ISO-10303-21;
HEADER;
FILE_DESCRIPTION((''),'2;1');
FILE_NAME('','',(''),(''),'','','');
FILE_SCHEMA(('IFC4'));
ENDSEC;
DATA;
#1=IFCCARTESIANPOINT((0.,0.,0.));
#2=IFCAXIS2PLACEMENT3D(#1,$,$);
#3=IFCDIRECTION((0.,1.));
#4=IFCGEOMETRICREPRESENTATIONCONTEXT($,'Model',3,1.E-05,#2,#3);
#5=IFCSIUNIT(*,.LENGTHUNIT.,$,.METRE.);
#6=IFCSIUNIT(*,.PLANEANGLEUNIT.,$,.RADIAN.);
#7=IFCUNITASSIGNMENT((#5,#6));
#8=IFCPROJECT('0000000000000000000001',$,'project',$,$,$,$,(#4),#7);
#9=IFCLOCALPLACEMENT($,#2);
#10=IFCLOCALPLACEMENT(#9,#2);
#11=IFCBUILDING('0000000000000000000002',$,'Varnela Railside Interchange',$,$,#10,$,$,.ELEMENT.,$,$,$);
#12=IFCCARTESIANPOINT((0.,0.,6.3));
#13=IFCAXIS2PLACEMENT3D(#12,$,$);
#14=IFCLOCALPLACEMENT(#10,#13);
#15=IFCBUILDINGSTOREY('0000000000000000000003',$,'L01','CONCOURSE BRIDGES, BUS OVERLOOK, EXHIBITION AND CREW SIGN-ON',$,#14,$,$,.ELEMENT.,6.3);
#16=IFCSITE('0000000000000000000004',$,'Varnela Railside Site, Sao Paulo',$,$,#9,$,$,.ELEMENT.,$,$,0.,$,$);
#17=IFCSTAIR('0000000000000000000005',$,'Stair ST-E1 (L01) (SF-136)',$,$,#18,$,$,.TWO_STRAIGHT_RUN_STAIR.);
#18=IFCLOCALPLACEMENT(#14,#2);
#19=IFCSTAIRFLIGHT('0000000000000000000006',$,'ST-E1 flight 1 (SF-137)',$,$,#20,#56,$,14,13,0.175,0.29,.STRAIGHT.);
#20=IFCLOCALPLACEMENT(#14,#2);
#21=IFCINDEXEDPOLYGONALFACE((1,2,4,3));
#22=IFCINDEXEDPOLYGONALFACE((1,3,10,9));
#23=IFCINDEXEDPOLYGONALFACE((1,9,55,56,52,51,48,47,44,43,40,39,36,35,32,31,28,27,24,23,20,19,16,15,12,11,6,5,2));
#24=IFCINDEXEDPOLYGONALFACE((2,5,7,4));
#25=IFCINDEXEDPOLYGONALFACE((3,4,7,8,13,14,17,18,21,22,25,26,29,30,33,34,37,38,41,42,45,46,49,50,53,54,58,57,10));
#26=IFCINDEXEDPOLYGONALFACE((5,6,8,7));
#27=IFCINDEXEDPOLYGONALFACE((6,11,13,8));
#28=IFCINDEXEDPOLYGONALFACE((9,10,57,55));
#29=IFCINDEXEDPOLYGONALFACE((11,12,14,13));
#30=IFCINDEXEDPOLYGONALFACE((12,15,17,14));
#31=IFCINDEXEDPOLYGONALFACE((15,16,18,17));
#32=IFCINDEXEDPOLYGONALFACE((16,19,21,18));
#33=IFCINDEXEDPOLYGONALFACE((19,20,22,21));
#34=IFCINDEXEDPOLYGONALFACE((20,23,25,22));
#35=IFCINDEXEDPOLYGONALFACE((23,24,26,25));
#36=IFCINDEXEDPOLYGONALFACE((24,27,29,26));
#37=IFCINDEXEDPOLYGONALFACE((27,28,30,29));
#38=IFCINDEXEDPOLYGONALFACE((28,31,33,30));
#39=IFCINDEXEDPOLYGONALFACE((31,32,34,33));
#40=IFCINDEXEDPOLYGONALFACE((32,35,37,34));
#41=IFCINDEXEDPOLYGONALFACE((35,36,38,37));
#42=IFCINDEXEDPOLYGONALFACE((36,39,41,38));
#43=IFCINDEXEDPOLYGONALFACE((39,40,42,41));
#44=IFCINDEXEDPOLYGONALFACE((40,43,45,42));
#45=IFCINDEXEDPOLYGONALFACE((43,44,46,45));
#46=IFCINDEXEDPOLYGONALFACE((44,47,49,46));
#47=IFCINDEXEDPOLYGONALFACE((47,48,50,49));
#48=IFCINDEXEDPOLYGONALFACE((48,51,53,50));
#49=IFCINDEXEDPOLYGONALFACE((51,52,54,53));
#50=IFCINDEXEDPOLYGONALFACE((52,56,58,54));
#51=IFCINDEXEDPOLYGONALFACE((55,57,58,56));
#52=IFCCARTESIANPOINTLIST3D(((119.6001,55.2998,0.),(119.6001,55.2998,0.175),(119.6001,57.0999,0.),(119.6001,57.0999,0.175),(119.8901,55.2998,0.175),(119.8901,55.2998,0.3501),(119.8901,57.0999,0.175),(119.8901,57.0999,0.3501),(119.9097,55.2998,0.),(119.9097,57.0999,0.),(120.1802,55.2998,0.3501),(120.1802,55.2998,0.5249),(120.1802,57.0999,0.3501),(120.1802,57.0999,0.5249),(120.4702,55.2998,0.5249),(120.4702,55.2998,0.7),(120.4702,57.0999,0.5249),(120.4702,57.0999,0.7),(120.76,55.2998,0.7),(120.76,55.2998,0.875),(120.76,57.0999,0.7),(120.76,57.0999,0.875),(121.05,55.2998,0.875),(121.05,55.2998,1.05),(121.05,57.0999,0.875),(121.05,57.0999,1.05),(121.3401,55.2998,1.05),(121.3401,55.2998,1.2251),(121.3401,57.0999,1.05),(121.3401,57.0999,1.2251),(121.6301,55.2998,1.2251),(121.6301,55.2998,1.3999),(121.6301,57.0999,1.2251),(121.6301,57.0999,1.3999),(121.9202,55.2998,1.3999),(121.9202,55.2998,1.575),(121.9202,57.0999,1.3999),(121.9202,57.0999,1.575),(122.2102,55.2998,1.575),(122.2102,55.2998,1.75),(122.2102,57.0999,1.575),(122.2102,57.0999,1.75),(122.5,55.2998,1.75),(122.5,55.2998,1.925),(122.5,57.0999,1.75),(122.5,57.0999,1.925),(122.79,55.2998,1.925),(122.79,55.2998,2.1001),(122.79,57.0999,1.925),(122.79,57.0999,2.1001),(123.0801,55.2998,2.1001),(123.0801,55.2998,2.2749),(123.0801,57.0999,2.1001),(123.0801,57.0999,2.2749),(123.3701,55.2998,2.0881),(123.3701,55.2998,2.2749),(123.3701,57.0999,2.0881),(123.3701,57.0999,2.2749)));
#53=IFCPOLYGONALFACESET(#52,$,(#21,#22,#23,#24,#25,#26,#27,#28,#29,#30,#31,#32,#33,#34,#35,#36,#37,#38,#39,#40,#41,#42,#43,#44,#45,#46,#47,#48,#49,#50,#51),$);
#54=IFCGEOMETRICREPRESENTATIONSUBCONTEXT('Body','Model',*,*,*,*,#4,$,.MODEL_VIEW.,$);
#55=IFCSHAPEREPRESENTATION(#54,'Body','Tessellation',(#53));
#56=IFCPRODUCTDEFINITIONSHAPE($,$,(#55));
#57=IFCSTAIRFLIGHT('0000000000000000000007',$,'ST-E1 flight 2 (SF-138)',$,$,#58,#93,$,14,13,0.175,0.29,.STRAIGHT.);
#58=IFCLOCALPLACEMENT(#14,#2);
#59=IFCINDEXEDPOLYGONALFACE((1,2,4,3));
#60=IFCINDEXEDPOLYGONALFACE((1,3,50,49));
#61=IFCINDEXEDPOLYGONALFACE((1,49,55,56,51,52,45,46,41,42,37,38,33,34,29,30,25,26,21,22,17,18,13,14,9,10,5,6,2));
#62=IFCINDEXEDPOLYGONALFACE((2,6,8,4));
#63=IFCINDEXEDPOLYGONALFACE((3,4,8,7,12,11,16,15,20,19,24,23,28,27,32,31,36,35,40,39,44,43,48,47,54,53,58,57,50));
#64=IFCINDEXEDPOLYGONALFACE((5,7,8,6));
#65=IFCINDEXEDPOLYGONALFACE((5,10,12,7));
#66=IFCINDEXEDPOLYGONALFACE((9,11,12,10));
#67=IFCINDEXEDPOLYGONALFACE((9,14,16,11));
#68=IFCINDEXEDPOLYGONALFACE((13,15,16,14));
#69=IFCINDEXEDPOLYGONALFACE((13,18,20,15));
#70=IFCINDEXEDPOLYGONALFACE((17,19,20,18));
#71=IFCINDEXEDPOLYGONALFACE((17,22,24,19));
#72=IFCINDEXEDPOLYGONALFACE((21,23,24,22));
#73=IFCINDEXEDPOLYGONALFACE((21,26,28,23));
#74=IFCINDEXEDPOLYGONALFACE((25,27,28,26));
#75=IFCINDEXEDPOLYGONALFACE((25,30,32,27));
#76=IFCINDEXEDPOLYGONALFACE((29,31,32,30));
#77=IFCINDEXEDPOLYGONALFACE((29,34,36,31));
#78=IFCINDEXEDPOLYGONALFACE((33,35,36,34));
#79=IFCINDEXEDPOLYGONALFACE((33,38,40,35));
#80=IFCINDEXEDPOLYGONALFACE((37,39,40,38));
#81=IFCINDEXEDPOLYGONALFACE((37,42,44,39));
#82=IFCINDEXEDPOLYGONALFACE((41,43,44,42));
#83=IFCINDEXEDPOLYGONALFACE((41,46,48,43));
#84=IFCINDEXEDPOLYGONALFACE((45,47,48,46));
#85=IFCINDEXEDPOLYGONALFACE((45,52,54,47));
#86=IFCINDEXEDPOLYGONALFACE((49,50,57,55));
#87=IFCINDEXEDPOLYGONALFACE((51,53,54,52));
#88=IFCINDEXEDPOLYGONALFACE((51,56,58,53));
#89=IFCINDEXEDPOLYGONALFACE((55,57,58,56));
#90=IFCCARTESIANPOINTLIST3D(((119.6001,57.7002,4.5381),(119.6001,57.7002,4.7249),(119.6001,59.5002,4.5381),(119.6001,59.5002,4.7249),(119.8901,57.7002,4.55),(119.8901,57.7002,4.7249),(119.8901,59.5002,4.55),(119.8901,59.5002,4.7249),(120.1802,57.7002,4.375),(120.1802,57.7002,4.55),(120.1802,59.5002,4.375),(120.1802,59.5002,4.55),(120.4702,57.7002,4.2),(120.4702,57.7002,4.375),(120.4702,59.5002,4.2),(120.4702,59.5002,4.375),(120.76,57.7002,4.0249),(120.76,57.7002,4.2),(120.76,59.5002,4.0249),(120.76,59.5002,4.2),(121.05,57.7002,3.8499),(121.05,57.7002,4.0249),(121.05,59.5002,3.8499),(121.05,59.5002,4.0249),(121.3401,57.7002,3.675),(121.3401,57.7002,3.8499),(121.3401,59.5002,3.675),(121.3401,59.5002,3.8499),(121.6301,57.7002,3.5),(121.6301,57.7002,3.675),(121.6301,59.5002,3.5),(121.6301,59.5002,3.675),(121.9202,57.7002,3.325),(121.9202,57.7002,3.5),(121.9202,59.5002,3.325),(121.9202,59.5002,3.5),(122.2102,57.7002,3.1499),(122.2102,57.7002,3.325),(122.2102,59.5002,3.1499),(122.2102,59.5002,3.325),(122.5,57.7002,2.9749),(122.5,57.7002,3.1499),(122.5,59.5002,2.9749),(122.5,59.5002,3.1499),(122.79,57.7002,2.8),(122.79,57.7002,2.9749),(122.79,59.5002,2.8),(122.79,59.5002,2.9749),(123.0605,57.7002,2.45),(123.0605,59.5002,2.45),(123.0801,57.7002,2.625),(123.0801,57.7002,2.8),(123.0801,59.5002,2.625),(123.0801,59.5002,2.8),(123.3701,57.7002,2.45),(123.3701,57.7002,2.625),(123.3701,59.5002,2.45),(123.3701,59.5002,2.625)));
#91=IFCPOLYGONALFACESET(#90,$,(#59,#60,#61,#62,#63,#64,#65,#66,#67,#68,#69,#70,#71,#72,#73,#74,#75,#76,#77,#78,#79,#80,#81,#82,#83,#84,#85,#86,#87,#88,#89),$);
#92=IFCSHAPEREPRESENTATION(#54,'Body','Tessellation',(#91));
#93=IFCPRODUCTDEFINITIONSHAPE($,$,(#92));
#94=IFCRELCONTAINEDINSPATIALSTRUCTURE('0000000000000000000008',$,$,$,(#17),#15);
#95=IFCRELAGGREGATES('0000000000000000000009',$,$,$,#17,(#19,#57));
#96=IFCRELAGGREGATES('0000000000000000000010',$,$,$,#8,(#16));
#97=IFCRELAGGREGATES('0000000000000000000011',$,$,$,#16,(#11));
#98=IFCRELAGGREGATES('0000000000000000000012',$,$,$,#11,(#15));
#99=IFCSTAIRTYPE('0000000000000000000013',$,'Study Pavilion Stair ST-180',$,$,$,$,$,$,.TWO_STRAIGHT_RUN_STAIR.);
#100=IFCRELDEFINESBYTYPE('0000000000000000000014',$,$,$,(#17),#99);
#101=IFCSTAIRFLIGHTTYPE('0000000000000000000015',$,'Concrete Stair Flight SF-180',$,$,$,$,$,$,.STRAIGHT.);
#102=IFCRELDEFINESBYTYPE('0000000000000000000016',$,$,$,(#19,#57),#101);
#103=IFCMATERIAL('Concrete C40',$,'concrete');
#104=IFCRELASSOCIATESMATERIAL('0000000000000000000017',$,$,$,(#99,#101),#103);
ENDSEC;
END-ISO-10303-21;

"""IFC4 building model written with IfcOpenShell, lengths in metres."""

from ifc_helpers import new_model, si_unit, direction, frame, origin, place, context, subcontext, project, spatial, polyline, outline, extrude, material, type_object, element, aggregate, save


model = new_model("IFC4")

# Units and contexts
model_context = context("Model", 3, precision=1e-05, world=origin(), true_north=direction((0.0, 1.0)))
body_context = subcontext(model_context, "Body", "Model", "MODEL_VIEW")
ifc_project = project(units=[si_unit("LENGTHUNIT", "METRE"), si_unit("PLANEANGLEUNIT", "RADIAN")], contexts=[model_context])

# Site, building, storey
site_placement = place(None, origin())
site = spatial("IfcSite", under=ifc_project, at=site_placement, Name="Varnela Railside Site, Sao Paulo", CompositionType="ELEMENT", RefElevation=0.0)
building_placement = place(site_placement, origin())
building = spatial("IfcBuilding", under=site, at=building_placement, Name="Varnela Railside Interchange", CompositionType="ELEMENT")
storey_placement = place(building_placement, frame((0.0, 0.0, 6.3)))
storey = spatial("IfcBuildingStorey", under=building, at=storey_placement, Name="L01", Description="CONCOURSE BRIDGES, BUS OVERLOOK, EXHIBITION AND CREW SIGN-ON", CompositionType="ELEMENT", Elevation=6.3)

# Shared definitions
ifc_material_1 = material(Name="Concrete C40", Category="concrete")

# Stair, stair flights
stair_type = type_object("IfcStairType", Name="Study Pavilion Stair ST-180", PredefinedType="TWO_STRAIGHT_RUN_STAIR", material=ifc_material_1)
stair_placement = place(storey_placement, origin())
stair = element("IfcStair", 1, at=stair_placement, inside=storey, type_object=stair_type, Name="Stair ST-E1 (L01) (SF-136)", PredefinedType="TWO_STRAIGHT_RUN_STAIR")
stair_flight_type = type_object("IfcStairFlightType", Name="Concrete Stair Flight SF-180", PredefinedType="STRAIGHT", material=ifc_material_1)
stair_flight_1_placement = place(storey_placement, frame((119.6001, 56.2, 0.0), z_axis=(0.0, 0.0, 1.0), x_axis=(1.0, 0.0, 0.0)))
stair_flight_1 = element("IfcStairFlight", 2, at=stair_flight_1_placement, type_object=stair_flight_type, Name="ST-E1 flight 1 (SF-137)", NumberOfRisers=14, NumberOfTreads=13, PredefinedType="STRAIGHT", RiserHeight=0.175, TreadLength=0.29, context=body_context, shape_type="SweptSolid", body=[
    extrude(outline(polyline([(0.0, 0.0), (0.0, 0.175), (0.29, 0.175), (0.29, 0.3501), (0.5801, 0.3501), (0.5801, 0.5249), (0.8701, 0.5249), (0.8701, 0.7), (1.1599, 0.7), (1.1599, 0.875), (1.45, 0.875), (1.45, 1.05), (1.74, 1.05), (1.74, 1.2251), (2.03, 1.2251), (2.03, 1.3999), (2.3201, 1.3999), (2.3201, 1.575), (2.6101, 1.575), (2.6101, 1.75), (2.8999, 1.75), (2.8999, 1.925), (3.1899, 1.925), (3.1899, 2.1001), (3.48, 2.1001), (3.48, 2.2749), (3.77, 2.2749), (3.77, 2.45), (3.77, 2.0881), (0.3096, 0.0), (0.0, 0.0)])), frame((0.0, 0.8999, 0.0), z_axis=(0.0, -1.0, 0.0), x_axis=(1.0, 0.0, 0.0)), (0.0, 0.0, 1.0), 1.8),
])
stair_flight_2_placement = place(storey_placement, frame((123.3701, 58.6001, 2.45), z_axis=(0.0, 0.0, 1.0), x_axis=(-1.0, 0.0, 0.0)))
stair_flight_2 = element("IfcStairFlight", 3, at=stair_flight_2_placement, type_object=stair_flight_type, Name="ST-E1 flight 2 (SF-138)", NumberOfRisers=14, NumberOfTreads=13, PredefinedType="STRAIGHT", RiserHeight=0.175, TreadLength=0.29, context=body_context, shape_type="SweptSolid", body=[
    extrude(outline(polyline([(0.0, 0.0), (0.0, 0.175), (0.29, 0.175), (0.29, 0.3501), (0.5801, 0.3501), (0.5801, 0.5249), (0.8701, 0.5249), (0.8701, 0.7), (1.1599, 0.7), (1.1599, 0.875), (1.45, 0.875), (1.45, 1.05), (1.74, 1.05), (1.74, 1.2251), (2.03, 1.2251), (2.03, 1.3999), (2.3201, 1.3999), (2.3201, 1.575), (2.6101, 1.575), (2.6101, 1.75), (2.8999, 1.75), (2.8999, 1.925), (3.1899, 1.925), (3.1899, 2.1001), (3.48, 2.1001), (3.48, 2.2749), (3.77, 2.2749), (3.77, 2.45), (3.77, 2.0881), (0.3096, 0.0), (0.0, 0.0)])), frame((0.0, 0.8999, 0.0), z_axis=(0.0, -1.0, 0.0), x_axis=(1.0, 0.0, 0.0)), (0.0, 0.0, 1.0), 1.8),
])
aggregate(stair, [stair_flight_1, stair_flight_2])

save(model, "model.ifc")
